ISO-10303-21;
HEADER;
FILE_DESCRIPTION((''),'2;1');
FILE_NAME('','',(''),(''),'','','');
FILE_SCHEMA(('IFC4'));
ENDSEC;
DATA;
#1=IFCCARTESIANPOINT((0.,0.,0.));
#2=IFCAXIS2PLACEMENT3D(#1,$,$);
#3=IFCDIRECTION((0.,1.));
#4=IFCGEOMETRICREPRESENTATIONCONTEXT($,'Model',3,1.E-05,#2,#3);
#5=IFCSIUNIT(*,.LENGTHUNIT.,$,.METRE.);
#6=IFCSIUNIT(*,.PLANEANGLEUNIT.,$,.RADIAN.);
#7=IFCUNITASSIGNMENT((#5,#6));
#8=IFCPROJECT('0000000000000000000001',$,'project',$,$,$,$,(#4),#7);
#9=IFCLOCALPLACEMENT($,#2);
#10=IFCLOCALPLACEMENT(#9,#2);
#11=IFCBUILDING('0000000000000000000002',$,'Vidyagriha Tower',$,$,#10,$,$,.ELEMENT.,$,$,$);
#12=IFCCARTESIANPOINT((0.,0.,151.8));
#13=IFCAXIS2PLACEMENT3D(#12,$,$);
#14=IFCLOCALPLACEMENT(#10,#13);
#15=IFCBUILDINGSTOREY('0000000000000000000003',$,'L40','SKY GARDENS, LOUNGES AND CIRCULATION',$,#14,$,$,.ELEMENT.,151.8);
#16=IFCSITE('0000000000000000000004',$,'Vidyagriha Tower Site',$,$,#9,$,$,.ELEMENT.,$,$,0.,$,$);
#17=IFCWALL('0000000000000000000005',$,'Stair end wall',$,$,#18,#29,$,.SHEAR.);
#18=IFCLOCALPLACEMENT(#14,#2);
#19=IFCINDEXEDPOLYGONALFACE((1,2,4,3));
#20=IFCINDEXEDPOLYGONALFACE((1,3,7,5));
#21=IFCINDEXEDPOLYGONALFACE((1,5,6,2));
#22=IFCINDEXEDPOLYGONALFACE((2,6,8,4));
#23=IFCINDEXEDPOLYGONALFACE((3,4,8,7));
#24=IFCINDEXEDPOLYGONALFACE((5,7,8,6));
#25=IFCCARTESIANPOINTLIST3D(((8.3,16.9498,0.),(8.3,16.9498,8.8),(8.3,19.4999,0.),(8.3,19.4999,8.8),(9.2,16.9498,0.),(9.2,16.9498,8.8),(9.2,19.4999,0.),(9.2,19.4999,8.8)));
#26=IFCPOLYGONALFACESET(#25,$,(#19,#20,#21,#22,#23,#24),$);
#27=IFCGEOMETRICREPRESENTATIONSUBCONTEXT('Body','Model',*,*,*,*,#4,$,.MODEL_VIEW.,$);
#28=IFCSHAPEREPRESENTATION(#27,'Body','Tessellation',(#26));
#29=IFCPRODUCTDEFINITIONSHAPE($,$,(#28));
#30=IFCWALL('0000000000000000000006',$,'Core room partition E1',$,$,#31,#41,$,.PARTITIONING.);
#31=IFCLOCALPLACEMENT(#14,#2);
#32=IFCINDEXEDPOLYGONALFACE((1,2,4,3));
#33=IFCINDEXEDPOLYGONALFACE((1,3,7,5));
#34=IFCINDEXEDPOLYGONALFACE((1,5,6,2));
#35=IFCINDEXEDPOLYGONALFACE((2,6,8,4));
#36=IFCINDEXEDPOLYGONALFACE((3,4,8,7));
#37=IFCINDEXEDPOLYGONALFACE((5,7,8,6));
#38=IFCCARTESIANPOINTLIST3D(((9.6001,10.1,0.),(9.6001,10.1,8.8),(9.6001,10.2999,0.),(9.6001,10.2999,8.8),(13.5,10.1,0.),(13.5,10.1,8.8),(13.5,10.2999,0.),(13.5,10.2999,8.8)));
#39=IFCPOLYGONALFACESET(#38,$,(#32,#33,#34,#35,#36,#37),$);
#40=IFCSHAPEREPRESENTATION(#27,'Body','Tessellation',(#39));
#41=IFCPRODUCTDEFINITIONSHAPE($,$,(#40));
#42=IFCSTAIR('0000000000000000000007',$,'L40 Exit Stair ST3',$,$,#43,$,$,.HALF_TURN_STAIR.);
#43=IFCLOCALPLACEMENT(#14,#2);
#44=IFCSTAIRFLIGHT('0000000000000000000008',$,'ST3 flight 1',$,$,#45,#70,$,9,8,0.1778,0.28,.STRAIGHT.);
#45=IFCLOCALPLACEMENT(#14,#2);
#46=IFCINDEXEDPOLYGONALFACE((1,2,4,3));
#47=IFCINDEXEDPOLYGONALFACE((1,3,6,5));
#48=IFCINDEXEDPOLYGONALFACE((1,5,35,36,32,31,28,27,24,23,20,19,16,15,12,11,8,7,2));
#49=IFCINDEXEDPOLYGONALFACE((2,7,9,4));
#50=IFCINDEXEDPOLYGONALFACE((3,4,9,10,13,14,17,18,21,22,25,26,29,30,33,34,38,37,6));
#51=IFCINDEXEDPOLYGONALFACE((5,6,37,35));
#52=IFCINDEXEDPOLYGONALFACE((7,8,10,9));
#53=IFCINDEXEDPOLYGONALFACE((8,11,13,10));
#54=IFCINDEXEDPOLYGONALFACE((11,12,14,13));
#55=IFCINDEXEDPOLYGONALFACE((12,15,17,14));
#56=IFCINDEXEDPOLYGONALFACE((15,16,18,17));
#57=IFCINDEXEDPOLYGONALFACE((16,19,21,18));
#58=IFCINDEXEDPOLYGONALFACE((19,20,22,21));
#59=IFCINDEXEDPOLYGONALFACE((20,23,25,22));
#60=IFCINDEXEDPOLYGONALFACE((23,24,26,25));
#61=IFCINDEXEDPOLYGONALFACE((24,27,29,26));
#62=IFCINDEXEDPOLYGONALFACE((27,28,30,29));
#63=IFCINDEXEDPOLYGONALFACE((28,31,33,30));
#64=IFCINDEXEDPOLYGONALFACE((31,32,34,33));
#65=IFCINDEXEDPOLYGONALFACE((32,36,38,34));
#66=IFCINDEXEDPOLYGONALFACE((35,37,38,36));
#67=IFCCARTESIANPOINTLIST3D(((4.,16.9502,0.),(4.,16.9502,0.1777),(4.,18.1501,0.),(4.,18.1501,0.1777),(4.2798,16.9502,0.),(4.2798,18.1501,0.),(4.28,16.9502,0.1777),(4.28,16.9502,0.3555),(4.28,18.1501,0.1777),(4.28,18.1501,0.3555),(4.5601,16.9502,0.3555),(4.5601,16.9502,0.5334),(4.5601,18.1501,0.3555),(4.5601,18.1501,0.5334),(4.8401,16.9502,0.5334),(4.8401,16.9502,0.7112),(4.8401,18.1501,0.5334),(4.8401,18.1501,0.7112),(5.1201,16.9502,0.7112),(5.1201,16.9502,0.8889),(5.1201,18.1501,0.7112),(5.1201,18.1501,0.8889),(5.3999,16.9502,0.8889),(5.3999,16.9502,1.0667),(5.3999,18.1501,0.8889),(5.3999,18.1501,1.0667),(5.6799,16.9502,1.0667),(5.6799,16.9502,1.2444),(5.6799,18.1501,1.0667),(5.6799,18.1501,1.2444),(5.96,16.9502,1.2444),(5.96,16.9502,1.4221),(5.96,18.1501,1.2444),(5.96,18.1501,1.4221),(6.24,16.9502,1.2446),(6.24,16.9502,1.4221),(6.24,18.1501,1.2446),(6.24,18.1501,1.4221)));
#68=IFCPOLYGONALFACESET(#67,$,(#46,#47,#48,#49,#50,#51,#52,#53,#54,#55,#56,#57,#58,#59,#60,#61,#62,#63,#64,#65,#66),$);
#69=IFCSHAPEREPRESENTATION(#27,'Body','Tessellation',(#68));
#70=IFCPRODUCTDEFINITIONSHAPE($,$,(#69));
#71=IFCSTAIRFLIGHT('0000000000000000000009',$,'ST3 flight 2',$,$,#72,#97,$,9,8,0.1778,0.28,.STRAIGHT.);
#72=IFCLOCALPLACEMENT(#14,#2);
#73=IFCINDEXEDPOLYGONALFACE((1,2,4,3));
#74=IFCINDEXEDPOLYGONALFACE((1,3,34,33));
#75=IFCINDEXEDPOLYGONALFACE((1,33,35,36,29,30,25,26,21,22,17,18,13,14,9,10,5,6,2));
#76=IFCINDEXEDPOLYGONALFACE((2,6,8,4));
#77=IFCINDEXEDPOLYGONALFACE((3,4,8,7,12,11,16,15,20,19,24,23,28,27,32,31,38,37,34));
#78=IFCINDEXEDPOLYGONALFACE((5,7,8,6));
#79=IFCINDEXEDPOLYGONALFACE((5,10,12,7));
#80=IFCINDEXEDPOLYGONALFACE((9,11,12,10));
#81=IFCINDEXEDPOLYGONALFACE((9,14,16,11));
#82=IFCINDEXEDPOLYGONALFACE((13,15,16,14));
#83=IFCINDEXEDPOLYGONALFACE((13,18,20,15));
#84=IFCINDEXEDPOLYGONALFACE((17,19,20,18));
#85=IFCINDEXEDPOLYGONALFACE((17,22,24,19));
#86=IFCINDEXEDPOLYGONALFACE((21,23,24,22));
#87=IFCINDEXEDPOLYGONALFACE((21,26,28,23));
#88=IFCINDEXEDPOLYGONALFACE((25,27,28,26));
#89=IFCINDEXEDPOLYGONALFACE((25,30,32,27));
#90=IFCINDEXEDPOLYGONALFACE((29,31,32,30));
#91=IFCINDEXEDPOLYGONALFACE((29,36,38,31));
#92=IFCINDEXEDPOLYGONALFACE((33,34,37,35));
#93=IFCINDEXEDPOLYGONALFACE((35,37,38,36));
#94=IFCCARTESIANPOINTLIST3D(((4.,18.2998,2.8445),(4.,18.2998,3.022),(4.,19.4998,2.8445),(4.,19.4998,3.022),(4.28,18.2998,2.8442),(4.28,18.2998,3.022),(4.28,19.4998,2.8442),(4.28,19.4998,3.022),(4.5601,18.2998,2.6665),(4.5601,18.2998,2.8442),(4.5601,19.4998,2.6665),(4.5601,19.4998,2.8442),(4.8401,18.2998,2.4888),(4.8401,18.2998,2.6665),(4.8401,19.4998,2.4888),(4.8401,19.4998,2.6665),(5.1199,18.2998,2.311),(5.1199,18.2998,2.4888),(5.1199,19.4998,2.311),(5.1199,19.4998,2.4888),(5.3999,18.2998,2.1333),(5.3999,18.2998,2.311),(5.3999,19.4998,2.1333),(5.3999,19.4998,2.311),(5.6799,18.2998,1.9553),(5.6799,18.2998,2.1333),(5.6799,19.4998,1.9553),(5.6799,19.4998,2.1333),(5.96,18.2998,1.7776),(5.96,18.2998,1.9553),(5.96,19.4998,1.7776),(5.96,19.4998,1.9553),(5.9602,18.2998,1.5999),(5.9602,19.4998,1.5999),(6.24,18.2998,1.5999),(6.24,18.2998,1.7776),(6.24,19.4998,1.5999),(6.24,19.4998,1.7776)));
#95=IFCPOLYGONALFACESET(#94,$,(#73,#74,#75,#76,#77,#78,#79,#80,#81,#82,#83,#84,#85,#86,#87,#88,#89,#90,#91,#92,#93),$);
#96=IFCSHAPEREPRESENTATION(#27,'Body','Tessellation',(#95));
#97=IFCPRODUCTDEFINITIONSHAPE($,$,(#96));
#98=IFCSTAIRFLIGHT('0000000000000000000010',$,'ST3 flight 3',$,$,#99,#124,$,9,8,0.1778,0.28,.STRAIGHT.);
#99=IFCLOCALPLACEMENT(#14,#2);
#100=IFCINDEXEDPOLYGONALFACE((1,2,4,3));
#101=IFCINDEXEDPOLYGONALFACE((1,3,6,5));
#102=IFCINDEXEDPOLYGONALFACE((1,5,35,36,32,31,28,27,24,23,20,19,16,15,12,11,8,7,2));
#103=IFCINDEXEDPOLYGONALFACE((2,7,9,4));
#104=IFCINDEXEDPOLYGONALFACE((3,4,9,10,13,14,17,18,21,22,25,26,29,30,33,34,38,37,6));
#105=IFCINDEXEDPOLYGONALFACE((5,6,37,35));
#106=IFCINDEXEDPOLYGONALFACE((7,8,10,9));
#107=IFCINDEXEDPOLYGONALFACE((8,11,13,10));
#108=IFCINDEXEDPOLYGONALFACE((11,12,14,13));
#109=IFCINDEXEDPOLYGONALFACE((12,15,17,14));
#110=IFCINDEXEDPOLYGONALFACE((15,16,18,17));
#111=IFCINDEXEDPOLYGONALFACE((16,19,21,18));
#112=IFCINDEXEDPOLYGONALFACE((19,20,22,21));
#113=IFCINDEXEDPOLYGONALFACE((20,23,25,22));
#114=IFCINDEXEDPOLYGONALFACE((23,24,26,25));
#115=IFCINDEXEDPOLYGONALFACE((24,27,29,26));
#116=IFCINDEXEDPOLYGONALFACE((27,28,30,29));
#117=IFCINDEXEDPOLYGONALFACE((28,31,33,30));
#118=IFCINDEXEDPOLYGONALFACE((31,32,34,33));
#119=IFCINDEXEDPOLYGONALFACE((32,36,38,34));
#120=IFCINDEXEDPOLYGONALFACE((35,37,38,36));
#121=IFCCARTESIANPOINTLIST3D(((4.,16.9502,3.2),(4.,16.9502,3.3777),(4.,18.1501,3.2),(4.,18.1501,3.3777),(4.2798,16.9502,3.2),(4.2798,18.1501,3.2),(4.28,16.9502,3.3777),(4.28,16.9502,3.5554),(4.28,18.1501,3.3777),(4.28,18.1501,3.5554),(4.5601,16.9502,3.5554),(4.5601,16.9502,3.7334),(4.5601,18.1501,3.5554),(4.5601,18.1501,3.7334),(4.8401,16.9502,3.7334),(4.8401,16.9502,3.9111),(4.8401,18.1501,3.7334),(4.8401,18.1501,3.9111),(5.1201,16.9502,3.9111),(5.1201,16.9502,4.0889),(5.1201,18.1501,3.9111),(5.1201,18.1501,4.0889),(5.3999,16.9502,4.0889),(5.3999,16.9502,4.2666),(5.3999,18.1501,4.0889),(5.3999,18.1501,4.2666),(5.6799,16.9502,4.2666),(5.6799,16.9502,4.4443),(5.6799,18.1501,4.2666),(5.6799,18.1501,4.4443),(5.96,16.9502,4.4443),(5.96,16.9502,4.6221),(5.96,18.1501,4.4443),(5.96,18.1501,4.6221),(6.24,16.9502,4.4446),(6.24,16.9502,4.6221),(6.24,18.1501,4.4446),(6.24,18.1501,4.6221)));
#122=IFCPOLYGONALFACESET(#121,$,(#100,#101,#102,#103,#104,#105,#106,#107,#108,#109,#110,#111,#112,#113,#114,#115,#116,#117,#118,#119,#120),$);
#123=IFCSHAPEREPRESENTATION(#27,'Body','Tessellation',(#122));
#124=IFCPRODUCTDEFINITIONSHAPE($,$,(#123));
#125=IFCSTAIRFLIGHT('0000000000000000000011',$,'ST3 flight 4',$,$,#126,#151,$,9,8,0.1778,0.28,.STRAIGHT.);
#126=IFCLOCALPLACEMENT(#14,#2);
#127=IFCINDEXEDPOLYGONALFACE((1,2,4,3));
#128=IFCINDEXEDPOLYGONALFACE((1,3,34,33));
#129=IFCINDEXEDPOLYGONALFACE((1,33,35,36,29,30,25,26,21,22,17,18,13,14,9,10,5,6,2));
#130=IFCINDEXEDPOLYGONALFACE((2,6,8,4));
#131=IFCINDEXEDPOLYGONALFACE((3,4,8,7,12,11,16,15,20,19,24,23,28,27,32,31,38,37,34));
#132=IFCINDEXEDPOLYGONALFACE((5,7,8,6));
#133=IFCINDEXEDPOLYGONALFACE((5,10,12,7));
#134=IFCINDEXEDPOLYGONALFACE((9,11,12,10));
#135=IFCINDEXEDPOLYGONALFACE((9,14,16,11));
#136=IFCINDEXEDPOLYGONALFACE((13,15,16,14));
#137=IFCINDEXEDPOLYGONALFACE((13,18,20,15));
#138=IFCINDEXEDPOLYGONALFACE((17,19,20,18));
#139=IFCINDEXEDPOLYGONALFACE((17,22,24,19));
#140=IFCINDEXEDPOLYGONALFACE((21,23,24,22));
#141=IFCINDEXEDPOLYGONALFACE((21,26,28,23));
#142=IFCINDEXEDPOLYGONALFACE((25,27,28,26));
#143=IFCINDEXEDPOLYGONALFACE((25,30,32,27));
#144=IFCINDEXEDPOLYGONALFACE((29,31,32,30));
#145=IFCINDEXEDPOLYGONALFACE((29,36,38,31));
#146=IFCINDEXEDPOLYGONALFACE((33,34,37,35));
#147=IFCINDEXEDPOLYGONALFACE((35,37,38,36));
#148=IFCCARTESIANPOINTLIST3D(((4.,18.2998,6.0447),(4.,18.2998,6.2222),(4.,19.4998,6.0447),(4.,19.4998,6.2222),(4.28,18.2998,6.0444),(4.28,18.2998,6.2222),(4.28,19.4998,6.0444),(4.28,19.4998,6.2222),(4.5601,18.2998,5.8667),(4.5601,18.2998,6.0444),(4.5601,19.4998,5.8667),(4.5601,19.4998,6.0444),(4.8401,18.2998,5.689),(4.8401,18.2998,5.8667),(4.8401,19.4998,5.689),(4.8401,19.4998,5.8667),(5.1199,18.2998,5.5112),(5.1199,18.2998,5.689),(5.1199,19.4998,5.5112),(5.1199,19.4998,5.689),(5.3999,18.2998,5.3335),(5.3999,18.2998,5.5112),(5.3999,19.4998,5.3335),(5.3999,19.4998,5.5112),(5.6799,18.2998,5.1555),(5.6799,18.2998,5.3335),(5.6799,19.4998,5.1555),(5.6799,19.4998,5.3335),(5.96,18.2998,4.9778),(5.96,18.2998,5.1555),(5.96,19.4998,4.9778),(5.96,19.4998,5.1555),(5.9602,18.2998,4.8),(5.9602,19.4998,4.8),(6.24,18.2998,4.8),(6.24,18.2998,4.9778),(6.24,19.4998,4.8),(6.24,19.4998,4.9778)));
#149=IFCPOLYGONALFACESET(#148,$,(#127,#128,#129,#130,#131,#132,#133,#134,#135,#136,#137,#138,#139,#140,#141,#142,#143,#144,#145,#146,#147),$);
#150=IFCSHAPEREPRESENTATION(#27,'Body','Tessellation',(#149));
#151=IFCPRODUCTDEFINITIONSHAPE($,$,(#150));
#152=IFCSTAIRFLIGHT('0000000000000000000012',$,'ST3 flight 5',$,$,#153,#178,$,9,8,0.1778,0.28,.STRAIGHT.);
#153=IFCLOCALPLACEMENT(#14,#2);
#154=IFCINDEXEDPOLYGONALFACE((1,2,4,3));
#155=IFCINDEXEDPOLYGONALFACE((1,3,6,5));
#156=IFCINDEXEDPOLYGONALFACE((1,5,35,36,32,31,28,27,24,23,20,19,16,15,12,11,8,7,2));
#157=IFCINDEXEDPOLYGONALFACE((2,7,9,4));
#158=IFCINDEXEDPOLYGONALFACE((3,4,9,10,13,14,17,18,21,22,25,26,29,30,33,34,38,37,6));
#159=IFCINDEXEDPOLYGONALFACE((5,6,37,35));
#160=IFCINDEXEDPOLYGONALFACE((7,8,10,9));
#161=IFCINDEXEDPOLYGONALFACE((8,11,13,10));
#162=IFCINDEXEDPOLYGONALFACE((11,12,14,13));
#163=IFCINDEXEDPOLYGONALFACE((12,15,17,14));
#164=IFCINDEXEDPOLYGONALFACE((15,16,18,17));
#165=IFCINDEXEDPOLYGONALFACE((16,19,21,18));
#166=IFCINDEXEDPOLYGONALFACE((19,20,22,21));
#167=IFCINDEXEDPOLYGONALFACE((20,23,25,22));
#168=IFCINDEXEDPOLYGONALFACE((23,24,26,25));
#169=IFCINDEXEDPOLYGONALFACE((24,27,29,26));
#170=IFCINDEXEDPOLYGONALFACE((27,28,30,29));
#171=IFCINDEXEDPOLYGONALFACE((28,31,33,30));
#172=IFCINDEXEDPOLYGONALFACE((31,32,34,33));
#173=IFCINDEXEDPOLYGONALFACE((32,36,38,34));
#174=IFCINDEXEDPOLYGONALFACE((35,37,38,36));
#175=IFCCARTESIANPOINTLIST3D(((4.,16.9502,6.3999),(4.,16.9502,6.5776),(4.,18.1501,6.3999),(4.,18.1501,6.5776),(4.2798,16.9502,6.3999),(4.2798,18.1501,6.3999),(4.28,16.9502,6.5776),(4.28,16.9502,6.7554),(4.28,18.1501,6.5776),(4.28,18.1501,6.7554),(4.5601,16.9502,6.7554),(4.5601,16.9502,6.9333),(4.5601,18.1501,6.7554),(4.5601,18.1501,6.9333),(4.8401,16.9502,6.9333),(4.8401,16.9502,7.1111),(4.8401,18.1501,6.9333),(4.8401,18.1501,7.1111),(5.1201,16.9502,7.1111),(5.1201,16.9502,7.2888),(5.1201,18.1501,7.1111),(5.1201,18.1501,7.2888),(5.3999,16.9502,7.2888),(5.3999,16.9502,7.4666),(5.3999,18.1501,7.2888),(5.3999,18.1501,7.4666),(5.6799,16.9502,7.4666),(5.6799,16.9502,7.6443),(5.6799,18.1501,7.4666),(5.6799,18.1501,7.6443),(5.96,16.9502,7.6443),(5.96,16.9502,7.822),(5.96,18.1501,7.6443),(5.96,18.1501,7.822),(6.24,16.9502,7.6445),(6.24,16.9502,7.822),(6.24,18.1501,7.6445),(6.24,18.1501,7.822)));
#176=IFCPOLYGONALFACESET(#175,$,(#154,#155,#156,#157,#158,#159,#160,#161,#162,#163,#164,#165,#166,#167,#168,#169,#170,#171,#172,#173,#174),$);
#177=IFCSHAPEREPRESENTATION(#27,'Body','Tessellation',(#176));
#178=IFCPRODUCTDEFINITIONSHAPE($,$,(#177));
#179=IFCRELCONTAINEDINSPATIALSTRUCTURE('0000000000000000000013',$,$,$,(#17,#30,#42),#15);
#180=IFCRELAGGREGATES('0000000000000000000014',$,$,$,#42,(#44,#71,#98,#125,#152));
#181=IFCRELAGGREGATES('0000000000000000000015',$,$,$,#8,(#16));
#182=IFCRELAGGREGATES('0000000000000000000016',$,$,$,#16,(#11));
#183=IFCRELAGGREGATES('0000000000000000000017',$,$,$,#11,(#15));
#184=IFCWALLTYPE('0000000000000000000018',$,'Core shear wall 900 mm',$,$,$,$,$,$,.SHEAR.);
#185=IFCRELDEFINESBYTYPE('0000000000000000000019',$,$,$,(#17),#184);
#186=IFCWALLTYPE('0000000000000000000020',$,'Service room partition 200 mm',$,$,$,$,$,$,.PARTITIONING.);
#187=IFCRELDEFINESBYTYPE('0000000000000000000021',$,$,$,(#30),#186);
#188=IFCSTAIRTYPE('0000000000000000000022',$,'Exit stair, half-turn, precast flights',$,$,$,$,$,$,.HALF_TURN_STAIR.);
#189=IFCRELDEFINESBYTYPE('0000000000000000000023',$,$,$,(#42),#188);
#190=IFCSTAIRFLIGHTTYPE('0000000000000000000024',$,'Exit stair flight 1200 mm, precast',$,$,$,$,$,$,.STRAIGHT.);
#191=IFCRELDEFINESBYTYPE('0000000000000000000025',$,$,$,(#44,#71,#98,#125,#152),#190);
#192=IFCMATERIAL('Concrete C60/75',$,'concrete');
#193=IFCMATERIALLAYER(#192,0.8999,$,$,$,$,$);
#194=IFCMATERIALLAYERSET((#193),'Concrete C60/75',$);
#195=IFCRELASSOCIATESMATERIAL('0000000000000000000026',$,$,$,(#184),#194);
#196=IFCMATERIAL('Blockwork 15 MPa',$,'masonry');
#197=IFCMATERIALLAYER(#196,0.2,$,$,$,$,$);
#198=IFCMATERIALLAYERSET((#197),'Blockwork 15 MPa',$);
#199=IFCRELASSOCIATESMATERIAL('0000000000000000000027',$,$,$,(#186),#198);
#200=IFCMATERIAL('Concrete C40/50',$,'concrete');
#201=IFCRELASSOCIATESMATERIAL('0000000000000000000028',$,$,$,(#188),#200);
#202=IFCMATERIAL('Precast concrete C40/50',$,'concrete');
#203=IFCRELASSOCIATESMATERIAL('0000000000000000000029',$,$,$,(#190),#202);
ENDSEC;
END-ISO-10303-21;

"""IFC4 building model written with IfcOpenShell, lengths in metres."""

from ifc_helpers import new_model, si_unit, direction, frame, frame_2d, origin, place, context, subcontext, project, spatial, polyline, rectangle, outline, extrude, material, layer, layer_set, type_object, element, aggregate, save


model = new_model("IFC4")

# Units and contexts
model_context = context("Model", 3, precision=1e-05, world=origin(), true_north=direction((0.0, 1.0)))
body_context = subcontext(model_context, "Body", "Model", "MODEL_VIEW")
ifc_project = project(units=[si_unit("LENGTHUNIT", "METRE"), si_unit("PLANEANGLEUNIT", "RADIAN")], contexts=[model_context])

# Site, building, storey
site_placement = place(None, origin())
site = spatial("IfcSite", under=ifc_project, at=site_placement, Name="Vidyagriha Tower Site", CompositionType="ELEMENT", RefElevation=0.0)
building_placement = place(site_placement, origin())
building = spatial("IfcBuilding", under=site, at=building_placement, Name="Vidyagriha Tower", CompositionType="ELEMENT")
storey_placement = place(building_placement, frame((0.0, 0.0, 151.8)))
storey = spatial("IfcBuildingStorey", under=building, at=storey_placement, Name="L40", Description="SKY GARDENS, LOUNGES AND CIRCULATION", CompositionType="ELEMENT", Elevation=151.8)

# Walls
ifc_material_1 = material(Name="Concrete C60/75", Category="concrete")
ifc_layer_1 = layer(ifc_material_1, 0.8999)
ifc_layer_set_1 = layer_set([ifc_layer_1], Name="Concrete C60/75")
wall_type_1 = type_object("IfcWallType", Name="Core shear wall 900 mm", PredefinedType="SHEAR", material=ifc_layer_set_1)
wall_1_placement = place(storey_placement, frame((8.75, 16.95, 0.0), z_axis=(0.0, 0.0, 1.0), x_axis=(0.0, 1.0, 0.0)))
element("IfcWall", 1, at=wall_1_placement, inside=storey, type_object=wall_type_1, Name="Stair end wall", PredefinedType="SHEAR", context=body_context, shape_type="SweptSolid", body=[
    extrude(rectangle(XDim=2.55, YDim=0.8999, at=frame_2d((1.2749, 0.0))), origin(), (0.0, 0.0, 1.0), 8.8),
])
ifc_material_2 = material(Name="Blockwork 15 MPa", Category="masonry")
ifc_layer_2 = layer(ifc_material_2, 0.2)
ifc_layer_set_2 = layer_set([ifc_layer_2], Name="Blockwork 15 MPa")
wall_type_2 = type_object("IfcWallType", Name="Service room partition 200 mm", PredefinedType="PARTITIONING", material=ifc_layer_set_2)
wall_2_placement = place(storey_placement, frame((9.6001, 10.2, 0.0)))
element("IfcWall", 2, at=wall_2_placement, inside=storey, type_object=wall_type_2, Name="Core room partition E1", PredefinedType="PARTITIONING", context=body_context, shape_type="SweptSolid", body=[
    extrude(rectangle(XDim=3.8999, YDim=0.2, at=frame_2d((1.95, 0.0))), origin(), (0.0, 0.0, 1.0), 8.8),
])

# Stair, stair flights
ifc_material_3 = material(Name="Concrete C40/50", Category="concrete")
stair_type = type_object("IfcStairType", Name="Exit stair, half-turn, precast flights", PredefinedType="HALF_TURN_STAIR", material=ifc_material_3)
stair_placement = place(storey_placement, origin())
stair = element("IfcStair", 3, at=stair_placement, inside=storey, type_object=stair_type, Name="L40 Exit Stair ST3", PredefinedType="HALF_TURN_STAIR")
ifc_material_4 = material(Name="Precast concrete C40/50", Category="concrete")
stair_flight_type = type_object("IfcStairFlightType", Name="Exit stair flight 1200 mm, precast", PredefinedType="STRAIGHT", material=ifc_material_4)
stair_flight_1_placement = place(storey_placement, frame((4.0, 17.55, 0.0)))
stair_flight_1 = element("IfcStairFlight", 4, at=stair_flight_1_placement, type_object=stair_flight_type, Name="ST3 flight 1", NumberOfRisers=9, NumberOfTreads=8, PredefinedType="STRAIGHT", RiserHeight=0.1778, TreadLength=0.28, context=body_context, shape_type="SweptSolid", body=[
    extrude(outline(polyline([(0.0, 0.0), (0.0, 0.1777), (0.28, 0.1777), (0.28, 0.3555), (0.5601, 0.3555), (0.5601, 0.5334), (0.8401, 0.5334), (0.8401, 0.7112), (1.1201, 0.7112), (1.1201, 0.8889), (1.3999, 0.8889), (1.3999, 1.0667), (1.6799, 1.0667), (1.6799, 1.2444), (1.96, 1.2444), (1.96, 1.4221), (2.24, 1.4221), (2.24, 1.6001), (2.24, 1.2446), (0.2798, 0.0), (0.0, 0.0)])), frame((0.0, 0.6001, 0.0), z_axis=(0.0, -1.0, 0.0), x_axis=(1.0, 0.0, 0.0)), (0.0, 0.0, 1.0), 1.2),
])
stair_flight_2_placement = place(storey_placement, frame((6.24, 18.8999, 1.5999), z_axis=(0.0, 0.0, 1.0), x_axis=(-1.0, 0.0, 0.0)))
stair_flight_2 = element("IfcStairFlight", 5, at=stair_flight_2_placement, type_object=stair_flight_type, Name="ST3 flight 2", NumberOfRisers=9, NumberOfTreads=8, PredefinedType="STRAIGHT", RiserHeight=0.1778, TreadLength=0.28, context=body_context, shape_type="SweptSolid", body=[
    extrude(outline(polyline([(0.0, 0.0), (0.0, 0.1777), (0.28, 0.1777), (0.28, 0.3555), (0.5601, 0.3555), (0.5601, 0.5334), (0.8401, 0.5334), (0.8401, 0.7112), (1.1201, 0.7112), (1.1201, 0.8889), (1.3999, 0.8889), (1.3999, 1.0667), (1.6799, 1.0667), (1.6799, 1.2444), (1.96, 1.2444), (1.96, 1.4221), (2.24, 1.4221), (2.24, 1.6001), (2.24, 1.2446), (0.2798, 0.0), (0.0, 0.0)])), frame((0.0, 0.6001, 0.0), z_axis=(0.0, -1.0, 0.0), x_axis=(1.0, 0.0, 0.0)), (0.0, 0.0, 1.0), 1.2),
])
stair_flight_3_placement = place(storey_placement, frame((4.0, 17.55, 3.2)))
stair_flight_3 = element("IfcStairFlight", 6, at=stair_flight_3_placement, type_object=stair_flight_type, Name="ST3 flight 3", NumberOfRisers=9, NumberOfTreads=8, PredefinedType="STRAIGHT", RiserHeight=0.1778, TreadLength=0.28, context=body_context, shape_type="SweptSolid", body=[
    extrude(outline(polyline([(0.0, 0.0), (0.0, 0.1777), (0.28, 0.1777), (0.28, 0.3555), (0.5601, 0.3555), (0.5601, 0.5334), (0.8401, 0.5334), (0.8401, 0.7112), (1.1201, 0.7112), (1.1201, 0.8889), (1.3999, 0.8889), (1.3999, 1.0667), (1.6799, 1.0667), (1.6799, 1.2444), (1.96, 1.2444), (1.96, 1.4221), (2.24, 1.4221), (2.24, 1.6001), (2.24, 1.2446), (0.2798, 0.0), (0.0, 0.0)])), frame((0.0, 0.6001, 0.0), z_axis=(0.0, -1.0, 0.0), x_axis=(1.0, 0.0, 0.0)), (0.0, 0.0, 1.0), 1.2),
])
stair_flight_4_placement = place(storey_placement, frame((6.24, 18.8999, 4.8), z_axis=(0.0, 0.0, 1.0), x_axis=(-1.0, 0.0, 0.0)))
stair_flight_4 = element("IfcStairFlight", 7, at=stair_flight_4_placement, type_object=stair_flight_type, Name="ST3 flight 4", NumberOfRisers=9, NumberOfTreads=8, PredefinedType="STRAIGHT", RiserHeight=0.1778, TreadLength=0.28, context=body_context, shape_type="SweptSolid", body=[
    extrude(outline(polyline([(0.0, 0.0), (0.0, 0.1777), (0.28, 0.1777), (0.28, 0.3555), (0.5601, 0.3555), (0.5601, 0.5334), (0.8401, 0.5334), (0.8401, 0.7112), (1.1201, 0.7112), (1.1201, 0.8889), (1.3999, 0.8889), (1.3999, 1.0667), (1.6799, 1.0667), (1.6799, 1.2444), (1.96, 1.2444), (1.96, 1.4221), (2.24, 1.4221), (2.24, 1.6001), (2.24, 1.2446), (0.2798, 0.0), (0.0, 0.0)])), frame((0.0, 0.6001, 0.0), z_axis=(0.0, -1.0, 0.0), x_axis=(1.0, 0.0, 0.0)), (0.0, 0.0, 1.0), 1.2),
])
stair_flight_5_placement = place(storey_placement, frame((4.0, 17.55, 6.3999)))
stair_flight_5 = element("IfcStairFlight", 8, at=stair_flight_5_placement, type_object=stair_flight_type, Name="ST3 flight 5", NumberOfRisers=9, NumberOfTreads=8, PredefinedType="STRAIGHT", RiserHeight=0.1778, TreadLength=0.28, context=body_context, shape_type="SweptSolid", body=[
    extrude(outline(polyline([(0.0, 0.0), (0.0, 0.1777), (0.28, 0.1777), (0.28, 0.3555), (0.5601, 0.3555), (0.5601, 0.5334), (0.8401, 0.5334), (0.8401, 0.7112), (1.1201, 0.7112), (1.1201, 0.8889), (1.3999, 0.8889), (1.3999, 1.0667), (1.6799, 1.0667), (1.6799, 1.2444), (1.96, 1.2444), (1.96, 1.4221), (2.24, 1.4221), (2.24, 1.6001), (2.24, 1.2446), (0.2798, 0.0), (0.0, 0.0)])), frame((0.0, 0.6001, 0.0), z_axis=(0.0, -1.0, 0.0), x_axis=(1.0, 0.0, 0.0)), (0.0, 0.0, 1.0), 1.2),
])
aggregate(stair, [stair_flight_1, stair_flight_2, stair_flight_3, stair_flight_4, stair_flight_5])

save(model, "model.ifc")
